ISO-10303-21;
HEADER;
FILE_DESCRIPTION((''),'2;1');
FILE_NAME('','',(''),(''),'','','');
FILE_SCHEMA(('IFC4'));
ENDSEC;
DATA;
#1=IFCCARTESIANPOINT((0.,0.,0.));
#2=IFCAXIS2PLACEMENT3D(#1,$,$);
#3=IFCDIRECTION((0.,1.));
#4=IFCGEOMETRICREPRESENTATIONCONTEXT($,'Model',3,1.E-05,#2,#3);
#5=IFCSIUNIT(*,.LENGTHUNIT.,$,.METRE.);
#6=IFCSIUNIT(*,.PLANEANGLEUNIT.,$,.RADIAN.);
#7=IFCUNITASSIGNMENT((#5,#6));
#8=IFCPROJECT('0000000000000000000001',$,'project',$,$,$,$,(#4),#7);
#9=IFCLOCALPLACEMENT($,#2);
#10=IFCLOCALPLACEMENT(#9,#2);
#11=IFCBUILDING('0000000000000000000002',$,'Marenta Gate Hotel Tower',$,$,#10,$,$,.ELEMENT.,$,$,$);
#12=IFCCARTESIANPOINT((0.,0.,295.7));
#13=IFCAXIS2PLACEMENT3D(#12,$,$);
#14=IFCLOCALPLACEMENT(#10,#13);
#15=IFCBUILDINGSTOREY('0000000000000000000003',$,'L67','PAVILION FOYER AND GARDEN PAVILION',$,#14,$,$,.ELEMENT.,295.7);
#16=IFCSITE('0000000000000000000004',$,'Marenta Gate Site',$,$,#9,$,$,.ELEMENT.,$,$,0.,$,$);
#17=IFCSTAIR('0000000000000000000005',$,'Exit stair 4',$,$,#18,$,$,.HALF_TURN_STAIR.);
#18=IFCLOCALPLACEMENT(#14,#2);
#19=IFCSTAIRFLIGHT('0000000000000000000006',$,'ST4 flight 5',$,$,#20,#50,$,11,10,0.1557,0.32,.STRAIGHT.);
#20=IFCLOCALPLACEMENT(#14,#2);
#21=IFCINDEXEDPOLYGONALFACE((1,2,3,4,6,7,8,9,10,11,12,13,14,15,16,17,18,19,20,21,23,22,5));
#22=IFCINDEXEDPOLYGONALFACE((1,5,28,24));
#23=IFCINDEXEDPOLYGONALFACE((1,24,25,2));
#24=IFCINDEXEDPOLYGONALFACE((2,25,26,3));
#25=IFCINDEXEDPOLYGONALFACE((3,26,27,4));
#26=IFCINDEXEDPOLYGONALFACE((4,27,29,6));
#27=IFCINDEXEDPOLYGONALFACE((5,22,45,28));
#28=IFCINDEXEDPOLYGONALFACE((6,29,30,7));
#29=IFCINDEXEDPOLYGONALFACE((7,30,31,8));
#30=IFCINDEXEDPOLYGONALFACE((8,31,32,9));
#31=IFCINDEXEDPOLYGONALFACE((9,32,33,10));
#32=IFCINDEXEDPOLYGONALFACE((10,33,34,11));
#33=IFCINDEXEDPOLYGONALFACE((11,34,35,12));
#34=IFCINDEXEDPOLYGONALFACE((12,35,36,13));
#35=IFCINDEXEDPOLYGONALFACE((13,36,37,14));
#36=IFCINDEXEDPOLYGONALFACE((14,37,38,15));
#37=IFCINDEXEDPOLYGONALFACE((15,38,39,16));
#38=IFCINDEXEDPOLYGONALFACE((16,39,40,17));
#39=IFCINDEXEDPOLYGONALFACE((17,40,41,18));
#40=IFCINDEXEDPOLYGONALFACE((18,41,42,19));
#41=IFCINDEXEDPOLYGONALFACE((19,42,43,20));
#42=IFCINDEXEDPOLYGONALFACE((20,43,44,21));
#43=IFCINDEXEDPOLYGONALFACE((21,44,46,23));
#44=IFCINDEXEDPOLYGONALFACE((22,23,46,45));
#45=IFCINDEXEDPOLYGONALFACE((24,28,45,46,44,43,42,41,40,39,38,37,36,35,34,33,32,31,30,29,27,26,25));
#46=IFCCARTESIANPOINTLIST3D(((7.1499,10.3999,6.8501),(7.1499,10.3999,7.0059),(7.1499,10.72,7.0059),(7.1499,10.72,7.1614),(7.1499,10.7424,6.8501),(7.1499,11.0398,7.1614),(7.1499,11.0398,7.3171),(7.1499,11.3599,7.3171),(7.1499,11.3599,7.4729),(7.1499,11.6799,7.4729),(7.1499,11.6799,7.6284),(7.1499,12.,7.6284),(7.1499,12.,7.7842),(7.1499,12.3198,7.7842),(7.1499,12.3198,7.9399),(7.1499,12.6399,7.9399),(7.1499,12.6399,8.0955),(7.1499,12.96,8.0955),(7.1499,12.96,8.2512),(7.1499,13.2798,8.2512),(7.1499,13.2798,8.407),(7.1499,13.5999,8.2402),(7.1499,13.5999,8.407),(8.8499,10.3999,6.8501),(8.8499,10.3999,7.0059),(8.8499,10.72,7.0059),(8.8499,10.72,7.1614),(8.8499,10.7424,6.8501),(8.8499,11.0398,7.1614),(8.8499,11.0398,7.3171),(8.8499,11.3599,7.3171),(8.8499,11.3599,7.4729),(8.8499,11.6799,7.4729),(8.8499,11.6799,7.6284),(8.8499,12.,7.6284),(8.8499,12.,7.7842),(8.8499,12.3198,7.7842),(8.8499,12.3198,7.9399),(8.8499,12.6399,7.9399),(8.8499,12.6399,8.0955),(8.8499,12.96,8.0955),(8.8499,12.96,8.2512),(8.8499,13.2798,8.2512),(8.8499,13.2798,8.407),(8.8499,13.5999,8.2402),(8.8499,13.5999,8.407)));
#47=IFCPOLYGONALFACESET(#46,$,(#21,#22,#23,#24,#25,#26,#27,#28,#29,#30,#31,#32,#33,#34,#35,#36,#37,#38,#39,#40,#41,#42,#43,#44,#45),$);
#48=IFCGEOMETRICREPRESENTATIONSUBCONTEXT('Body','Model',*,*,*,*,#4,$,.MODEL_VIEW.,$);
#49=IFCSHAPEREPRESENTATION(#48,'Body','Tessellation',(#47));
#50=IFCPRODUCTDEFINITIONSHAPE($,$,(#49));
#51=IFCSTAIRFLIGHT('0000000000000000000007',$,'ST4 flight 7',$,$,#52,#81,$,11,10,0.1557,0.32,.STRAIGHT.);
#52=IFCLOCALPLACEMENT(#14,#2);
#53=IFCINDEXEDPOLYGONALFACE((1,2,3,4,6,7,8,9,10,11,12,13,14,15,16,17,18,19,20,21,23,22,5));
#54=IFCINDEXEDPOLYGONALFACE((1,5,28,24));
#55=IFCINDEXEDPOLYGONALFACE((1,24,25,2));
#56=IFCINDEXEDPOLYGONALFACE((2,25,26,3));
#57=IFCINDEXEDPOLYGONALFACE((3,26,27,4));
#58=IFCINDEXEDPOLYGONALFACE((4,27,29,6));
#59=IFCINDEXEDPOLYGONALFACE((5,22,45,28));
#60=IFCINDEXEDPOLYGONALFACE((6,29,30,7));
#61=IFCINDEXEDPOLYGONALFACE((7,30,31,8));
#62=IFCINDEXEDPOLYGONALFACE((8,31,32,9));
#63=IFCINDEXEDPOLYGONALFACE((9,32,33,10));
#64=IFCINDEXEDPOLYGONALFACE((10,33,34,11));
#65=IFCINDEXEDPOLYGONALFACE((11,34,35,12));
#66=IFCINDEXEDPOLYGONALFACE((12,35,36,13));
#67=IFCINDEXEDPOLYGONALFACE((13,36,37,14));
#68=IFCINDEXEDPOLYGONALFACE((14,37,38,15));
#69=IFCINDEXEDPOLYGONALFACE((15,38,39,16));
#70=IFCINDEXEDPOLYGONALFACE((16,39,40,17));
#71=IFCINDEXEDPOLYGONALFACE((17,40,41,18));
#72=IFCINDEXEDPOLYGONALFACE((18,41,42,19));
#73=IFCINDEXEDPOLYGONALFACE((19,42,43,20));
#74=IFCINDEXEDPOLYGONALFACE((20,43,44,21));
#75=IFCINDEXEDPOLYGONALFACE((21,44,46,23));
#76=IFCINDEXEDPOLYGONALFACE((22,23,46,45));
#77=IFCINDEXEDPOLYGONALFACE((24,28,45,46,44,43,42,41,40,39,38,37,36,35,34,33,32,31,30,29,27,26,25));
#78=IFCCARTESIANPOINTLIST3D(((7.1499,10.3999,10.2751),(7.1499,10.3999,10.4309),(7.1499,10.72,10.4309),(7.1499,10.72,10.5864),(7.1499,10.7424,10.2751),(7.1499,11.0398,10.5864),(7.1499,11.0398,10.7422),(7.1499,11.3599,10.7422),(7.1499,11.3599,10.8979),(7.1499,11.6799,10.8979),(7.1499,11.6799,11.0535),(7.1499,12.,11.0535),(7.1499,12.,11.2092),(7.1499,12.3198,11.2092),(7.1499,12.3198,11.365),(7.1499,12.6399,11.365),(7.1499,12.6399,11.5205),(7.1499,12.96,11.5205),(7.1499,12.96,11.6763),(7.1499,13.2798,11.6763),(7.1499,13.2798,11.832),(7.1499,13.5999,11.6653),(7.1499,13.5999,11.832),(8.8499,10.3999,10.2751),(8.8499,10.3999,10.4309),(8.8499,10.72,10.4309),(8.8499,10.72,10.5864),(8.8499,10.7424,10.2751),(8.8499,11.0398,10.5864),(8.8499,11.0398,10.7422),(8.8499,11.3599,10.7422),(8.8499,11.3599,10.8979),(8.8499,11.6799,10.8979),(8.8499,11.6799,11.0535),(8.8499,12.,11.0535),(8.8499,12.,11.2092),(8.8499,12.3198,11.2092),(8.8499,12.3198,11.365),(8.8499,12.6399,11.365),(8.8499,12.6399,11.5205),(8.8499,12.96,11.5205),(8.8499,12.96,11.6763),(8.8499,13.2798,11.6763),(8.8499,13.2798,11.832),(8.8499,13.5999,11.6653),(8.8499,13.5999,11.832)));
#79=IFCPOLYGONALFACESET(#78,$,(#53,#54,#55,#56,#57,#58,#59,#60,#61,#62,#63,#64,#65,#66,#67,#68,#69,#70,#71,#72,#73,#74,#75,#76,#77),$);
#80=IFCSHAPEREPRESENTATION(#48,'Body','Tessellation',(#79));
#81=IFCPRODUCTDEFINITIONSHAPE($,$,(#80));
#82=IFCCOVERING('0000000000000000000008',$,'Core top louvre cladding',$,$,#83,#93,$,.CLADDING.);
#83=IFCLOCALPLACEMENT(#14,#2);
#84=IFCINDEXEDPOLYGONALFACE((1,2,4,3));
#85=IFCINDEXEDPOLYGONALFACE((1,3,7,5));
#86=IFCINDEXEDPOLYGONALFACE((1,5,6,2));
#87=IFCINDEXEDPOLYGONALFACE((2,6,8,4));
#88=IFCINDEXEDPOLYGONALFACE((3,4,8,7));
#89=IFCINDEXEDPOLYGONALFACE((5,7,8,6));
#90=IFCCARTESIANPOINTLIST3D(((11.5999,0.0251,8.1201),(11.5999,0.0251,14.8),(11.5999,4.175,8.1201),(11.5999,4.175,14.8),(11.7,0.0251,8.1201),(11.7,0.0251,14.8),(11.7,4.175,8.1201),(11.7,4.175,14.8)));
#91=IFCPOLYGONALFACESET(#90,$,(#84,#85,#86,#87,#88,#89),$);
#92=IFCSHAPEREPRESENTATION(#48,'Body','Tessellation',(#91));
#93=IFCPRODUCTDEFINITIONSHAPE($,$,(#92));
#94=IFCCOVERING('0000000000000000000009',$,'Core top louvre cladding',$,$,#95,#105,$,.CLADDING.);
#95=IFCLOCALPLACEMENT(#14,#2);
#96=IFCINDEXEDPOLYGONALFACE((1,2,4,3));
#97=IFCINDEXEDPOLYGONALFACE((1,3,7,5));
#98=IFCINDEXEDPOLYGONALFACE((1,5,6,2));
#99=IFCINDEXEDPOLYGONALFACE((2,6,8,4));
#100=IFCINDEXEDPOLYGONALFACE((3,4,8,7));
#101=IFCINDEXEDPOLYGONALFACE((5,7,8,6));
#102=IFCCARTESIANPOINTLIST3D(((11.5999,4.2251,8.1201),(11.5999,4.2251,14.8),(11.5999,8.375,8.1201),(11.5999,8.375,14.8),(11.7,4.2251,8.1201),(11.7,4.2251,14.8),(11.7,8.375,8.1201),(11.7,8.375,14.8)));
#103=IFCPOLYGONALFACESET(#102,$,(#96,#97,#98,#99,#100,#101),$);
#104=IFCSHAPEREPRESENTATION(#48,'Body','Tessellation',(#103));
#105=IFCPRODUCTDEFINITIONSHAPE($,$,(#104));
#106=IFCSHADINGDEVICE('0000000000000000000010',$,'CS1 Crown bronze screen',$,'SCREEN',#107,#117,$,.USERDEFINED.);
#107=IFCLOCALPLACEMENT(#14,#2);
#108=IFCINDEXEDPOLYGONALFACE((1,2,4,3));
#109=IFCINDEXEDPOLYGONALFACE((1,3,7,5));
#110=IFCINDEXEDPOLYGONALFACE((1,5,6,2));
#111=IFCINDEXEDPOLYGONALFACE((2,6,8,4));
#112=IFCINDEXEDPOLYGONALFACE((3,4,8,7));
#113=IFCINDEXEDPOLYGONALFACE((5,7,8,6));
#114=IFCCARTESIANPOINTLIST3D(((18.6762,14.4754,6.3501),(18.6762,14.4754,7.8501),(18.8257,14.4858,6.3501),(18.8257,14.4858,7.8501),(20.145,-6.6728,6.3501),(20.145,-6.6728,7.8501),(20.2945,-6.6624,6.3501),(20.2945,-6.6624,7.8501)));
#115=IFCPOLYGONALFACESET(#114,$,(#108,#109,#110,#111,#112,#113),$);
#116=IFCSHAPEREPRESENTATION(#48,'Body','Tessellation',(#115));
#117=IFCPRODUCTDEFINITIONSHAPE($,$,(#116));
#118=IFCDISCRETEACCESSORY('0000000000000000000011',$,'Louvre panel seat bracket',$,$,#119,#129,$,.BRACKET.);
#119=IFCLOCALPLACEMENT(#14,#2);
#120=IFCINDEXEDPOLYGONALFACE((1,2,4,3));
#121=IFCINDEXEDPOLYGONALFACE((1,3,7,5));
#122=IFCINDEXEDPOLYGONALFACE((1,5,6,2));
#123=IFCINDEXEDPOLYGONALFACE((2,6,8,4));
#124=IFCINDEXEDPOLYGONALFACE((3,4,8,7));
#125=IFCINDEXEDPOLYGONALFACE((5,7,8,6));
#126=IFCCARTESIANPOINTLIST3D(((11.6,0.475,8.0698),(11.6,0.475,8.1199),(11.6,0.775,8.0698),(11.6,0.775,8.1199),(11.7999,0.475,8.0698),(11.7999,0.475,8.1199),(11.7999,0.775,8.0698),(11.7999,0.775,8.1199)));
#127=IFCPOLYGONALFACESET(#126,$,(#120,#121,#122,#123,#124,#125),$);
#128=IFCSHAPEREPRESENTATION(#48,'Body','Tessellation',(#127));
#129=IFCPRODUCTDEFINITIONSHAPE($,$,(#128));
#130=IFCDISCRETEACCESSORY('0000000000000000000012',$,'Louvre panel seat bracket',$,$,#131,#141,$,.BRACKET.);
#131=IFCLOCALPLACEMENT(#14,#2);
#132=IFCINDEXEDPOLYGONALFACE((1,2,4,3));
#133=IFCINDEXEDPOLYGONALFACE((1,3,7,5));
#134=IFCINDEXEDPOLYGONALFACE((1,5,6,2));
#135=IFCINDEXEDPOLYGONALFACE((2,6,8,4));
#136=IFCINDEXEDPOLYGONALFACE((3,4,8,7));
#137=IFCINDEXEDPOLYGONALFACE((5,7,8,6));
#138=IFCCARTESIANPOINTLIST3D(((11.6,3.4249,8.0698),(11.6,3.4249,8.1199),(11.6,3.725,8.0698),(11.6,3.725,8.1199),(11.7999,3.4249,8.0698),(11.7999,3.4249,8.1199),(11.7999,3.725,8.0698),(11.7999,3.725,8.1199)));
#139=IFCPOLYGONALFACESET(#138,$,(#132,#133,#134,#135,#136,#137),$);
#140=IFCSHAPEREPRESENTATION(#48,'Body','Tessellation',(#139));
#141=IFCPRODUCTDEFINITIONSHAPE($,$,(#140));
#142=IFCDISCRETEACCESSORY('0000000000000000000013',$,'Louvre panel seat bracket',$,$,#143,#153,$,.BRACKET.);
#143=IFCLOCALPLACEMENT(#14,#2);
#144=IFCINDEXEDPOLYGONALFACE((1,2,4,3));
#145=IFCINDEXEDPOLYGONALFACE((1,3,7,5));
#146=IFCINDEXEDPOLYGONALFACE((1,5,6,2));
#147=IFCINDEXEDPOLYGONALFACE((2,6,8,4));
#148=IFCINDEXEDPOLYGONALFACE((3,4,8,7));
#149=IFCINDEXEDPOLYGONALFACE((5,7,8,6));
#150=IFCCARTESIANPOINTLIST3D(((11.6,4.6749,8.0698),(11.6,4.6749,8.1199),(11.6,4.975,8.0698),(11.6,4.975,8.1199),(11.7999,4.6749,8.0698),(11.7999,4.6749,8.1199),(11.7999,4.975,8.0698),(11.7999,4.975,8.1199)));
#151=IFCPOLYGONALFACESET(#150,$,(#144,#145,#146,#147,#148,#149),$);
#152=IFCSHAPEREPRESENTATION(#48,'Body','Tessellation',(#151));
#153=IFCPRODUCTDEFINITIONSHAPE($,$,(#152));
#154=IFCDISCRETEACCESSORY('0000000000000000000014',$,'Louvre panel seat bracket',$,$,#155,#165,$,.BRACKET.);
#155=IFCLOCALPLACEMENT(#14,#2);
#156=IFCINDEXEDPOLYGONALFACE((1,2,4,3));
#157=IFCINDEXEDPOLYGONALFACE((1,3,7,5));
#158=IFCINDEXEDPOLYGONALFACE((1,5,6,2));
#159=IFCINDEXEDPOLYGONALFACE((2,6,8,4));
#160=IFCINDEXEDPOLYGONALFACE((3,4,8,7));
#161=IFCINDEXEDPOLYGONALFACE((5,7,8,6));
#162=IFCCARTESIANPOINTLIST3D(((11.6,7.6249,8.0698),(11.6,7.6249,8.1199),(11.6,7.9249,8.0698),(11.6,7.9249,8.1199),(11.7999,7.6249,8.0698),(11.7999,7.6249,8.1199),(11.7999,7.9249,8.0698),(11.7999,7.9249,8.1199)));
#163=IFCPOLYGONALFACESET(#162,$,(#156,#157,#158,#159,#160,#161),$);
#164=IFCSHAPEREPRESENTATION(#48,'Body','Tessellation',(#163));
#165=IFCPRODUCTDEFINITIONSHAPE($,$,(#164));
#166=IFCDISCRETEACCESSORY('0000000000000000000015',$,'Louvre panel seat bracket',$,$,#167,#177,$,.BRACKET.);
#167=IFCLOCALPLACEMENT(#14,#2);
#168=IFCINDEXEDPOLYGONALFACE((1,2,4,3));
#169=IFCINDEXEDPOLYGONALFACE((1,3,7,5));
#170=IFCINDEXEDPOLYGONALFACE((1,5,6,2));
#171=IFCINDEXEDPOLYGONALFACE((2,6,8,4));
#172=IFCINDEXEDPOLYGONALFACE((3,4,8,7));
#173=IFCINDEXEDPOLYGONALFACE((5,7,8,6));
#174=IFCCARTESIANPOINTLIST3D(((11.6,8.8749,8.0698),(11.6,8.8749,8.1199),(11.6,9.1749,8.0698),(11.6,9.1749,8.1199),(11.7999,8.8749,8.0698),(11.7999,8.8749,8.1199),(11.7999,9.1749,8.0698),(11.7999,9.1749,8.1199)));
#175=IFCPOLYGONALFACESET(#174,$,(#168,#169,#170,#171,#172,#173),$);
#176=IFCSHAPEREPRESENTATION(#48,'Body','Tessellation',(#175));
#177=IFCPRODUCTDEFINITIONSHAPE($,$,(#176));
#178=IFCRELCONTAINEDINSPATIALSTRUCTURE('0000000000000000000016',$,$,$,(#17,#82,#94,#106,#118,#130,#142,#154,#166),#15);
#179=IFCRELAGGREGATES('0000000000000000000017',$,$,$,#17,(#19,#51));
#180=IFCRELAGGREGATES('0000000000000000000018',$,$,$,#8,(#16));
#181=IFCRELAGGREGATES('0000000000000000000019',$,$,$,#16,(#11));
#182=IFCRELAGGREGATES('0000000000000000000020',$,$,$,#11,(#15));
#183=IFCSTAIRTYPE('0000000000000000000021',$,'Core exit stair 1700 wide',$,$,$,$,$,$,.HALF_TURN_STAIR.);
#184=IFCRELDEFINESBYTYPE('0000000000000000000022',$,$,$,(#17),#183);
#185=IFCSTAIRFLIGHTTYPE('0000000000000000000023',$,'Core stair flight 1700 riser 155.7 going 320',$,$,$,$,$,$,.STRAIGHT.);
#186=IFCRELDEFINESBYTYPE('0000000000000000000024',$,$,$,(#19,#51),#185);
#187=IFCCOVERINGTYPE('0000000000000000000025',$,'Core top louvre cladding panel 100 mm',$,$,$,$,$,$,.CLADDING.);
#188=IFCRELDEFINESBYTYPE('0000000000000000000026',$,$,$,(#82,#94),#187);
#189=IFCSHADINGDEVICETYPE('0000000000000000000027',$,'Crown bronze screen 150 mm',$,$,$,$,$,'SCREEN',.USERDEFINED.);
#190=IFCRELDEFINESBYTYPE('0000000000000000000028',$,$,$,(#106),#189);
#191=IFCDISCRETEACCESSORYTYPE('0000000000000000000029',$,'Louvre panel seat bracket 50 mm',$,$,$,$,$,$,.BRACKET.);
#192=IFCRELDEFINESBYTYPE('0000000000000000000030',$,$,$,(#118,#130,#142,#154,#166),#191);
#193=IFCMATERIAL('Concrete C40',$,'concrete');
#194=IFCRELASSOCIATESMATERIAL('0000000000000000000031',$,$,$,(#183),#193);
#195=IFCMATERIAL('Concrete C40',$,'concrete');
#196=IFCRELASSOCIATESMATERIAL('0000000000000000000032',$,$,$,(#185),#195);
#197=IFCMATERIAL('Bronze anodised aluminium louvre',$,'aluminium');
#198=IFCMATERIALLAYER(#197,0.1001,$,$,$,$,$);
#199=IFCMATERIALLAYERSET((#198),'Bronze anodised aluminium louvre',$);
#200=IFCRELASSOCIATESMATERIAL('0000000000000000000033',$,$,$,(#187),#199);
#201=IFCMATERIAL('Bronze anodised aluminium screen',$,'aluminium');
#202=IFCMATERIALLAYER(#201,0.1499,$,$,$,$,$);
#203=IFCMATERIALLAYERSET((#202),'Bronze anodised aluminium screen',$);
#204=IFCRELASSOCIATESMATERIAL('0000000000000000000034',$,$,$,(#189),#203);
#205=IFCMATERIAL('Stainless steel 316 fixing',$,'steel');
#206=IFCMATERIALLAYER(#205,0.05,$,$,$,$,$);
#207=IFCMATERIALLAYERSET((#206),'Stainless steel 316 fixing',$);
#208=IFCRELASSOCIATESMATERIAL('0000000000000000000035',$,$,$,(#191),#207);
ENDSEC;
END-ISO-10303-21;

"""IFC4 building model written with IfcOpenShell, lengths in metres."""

from ifc_helpers import new_model, si_unit, direction, frame, origin, origin_2d, place, context, subcontext, project, spatial, polyline, rectangle, outline, extrude, material, layer, layer_set, type_object, element, aggregate, save


model = new_model("IFC4")

# Units and contexts
model_context = context("Model", 3, precision=1e-05, world=origin(), true_north=direction((0.0, 1.0)))
body_context = subcontext(model_context, "Body", "Model", "MODEL_VIEW")
ifc_project = project(units=[si_unit("LENGTHUNIT", "METRE"), si_unit("PLANEANGLEUNIT", "RADIAN")], contexts=[model_context])

# Site, building, storey
site_placement = place(None, origin())
site = spatial("IfcSite", under=ifc_project, at=site_placement, Name="Marenta Gate Site", CompositionType="ELEMENT", RefElevation=0.0)
building_placement = place(site_placement, origin())
building = spatial("IfcBuilding", under=site, at=building_placement, Name="Marenta Gate Hotel Tower", CompositionType="ELEMENT")
storey_placement = place(building_placement, frame((0.0, 0.0, 295.7)))
storey = spatial("IfcBuildingStorey", under=building, at=storey_placement, Name="L67", Description="PAVILION FOYER AND GARDEN PAVILION", CompositionType="ELEMENT", Elevation=295.7)

# Stair, stair flights
ifc_material_1 = material(Name="Concrete C40", Category="concrete")
stair_type = type_object("IfcStairType", Name="Core exit stair 1700 wide", PredefinedType="HALF_TURN_STAIR", material=ifc_material_1)
ifc_material_2 = material(Name="Concrete C40", Category="concrete")
stair_flight_type = type_object("IfcStairFlightType", Name="Core stair flight 1700 riser 155.7 going 320", PredefinedType="STRAIGHT", material=ifc_material_2)
stair_1_placement = place(storey_placement, origin())
stair_1 = element("IfcStair", 1, at=stair_1_placement, inside=storey, type_object=stair_type, Name="Exit stair 4", PredefinedType="HALF_TURN_STAIR")
stair_flight_1_placement = place(storey_placement, frame((8.0, 10.3999, 6.8501), z_axis=(0.0, 0.0, 1.0), x_axis=(0.0, 1.0, 0.0)))
stair_flight_1 = element("IfcStairFlight", 2, at=stair_flight_1_placement, type_object=stair_flight_type, Name="ST4 flight 5", NumberOfRisers=11, NumberOfTreads=10, PredefinedType="STRAIGHT", RiserHeight=0.1557, TreadLength=0.32, context=body_context, shape_type="SweptSolid", body=[
    extrude(outline(polyline([(0.0, 0.0), (0.0, 0.1558), (0.3201, 0.1558), (0.3201, 0.3113), (0.6399, 0.3113), (0.6399, 0.467), (0.96, 0.467), (0.96, 0.6228), (1.28, 0.6228), (1.28, 0.7783), (1.6001, 0.7783), (1.6001, 0.9341), (1.9199, 0.9341), (1.9199, 1.0898), (2.24, 1.0898), (2.24, 1.2454), (2.5601, 1.2454), (2.5601, 1.4011), (2.8799, 1.4011), (2.8799, 1.5569), (3.2, 1.5569), (3.2, 1.7124), (3.2, 1.3901), (0.3425, 0.0), (0.0, 0.0)])), frame((0.0, 0.8501, 0.0), z_axis=(0.0, -1.0, 0.0), x_axis=(1.0, 0.0, 0.0)), (0.0, 0.0, 1.0), 1.7),
])
stair_flight_2_placement = place(storey_placement, frame((8.0, 10.3999, 10.2751), z_axis=(0.0, 0.0, 1.0), x_axis=(0.0, 1.0, 0.0)))
stair_flight_2 = element("IfcStairFlight", 3, at=stair_flight_2_placement, type_object=stair_flight_type, Name="ST4 flight 7", NumberOfRisers=11, NumberOfTreads=10, PredefinedType="STRAIGHT", RiserHeight=0.1557, TreadLength=0.32, context=body_context, shape_type="SweptSolid", body=[
    extrude(outline(polyline([(0.0, 0.0), (0.0, 0.1558), (0.3201, 0.1558), (0.3201, 0.3113), (0.6399, 0.3113), (0.6399, 0.467), (0.96, 0.467), (0.96, 0.6228), (1.28, 0.6228), (1.28, 0.7783), (1.6001, 0.7783), (1.6001, 0.9341), (1.9199, 0.9341), (1.9199, 1.0898), (2.24, 1.0898), (2.24, 1.2454), (2.5601, 1.2454), (2.5601, 1.4011), (2.8799, 1.4011), (2.8799, 1.5569), (3.2, 1.5569), (3.2, 1.7124), (3.2, 1.3901), (0.3425, 0.0), (0.0, 0.0)])), frame((0.0, 0.8501, 0.0), z_axis=(0.0, -1.0, 0.0), x_axis=(1.0, 0.0, 0.0)), (0.0, 0.0, 1.0), 1.7),
])
aggregate(stair_1, [stair_flight_1, stair_flight_2])

# Coverings
ifc_material_3 = material(Name="Bronze anodised aluminium louvre", Category="aluminium")
ifc_layer_1 = layer(ifc_material_3, 0.1001)
ifc_layer_set_1 = layer_set([ifc_layer_1], Name="Bronze anodised aluminium louvre")
covering_type = type_object("IfcCoveringType", Name="Core top louvre cladding panel 100 mm", PredefinedType="CLADDING", material=ifc_layer_set_1)
for number, where, z_axis, x_axis, name in (
    (4, (11.6499, 2.1001, 8.1201), (0.0, 0.0, 1.0), (1.0, 0.0, 0.0), "Core top louvre cladding"),
    (5, (11.6499, 6.3, 8.1201), (0.0, 0.0, 1.0), (1.0, 0.0, 0.0), "Core top louvre cladding"),
):
    element("IfcCovering", number, at=place(storey_placement, frame(where, z_axis=z_axis, x_axis=x_axis)), inside=storey, type_object=covering_type, Name=name, PredefinedType="CLADDING", context=body_context, shape_type="SweptSolid", body=[
        extrude(rectangle(XDim=0.1001, YDim=4.1499, at=origin_2d()), origin(), (0.0, 0.0, 1.0), 6.6799),
    ])

# Shading device
ifc_material_4 = material(Name="Bronze anodised aluminium screen", Category="aluminium")
ifc_layer_2 = layer(ifc_material_4, 0.1499)
ifc_layer_set_2 = layer_set([ifc_layer_2], Name="Bronze anodised aluminium screen")
shading_device_type = type_object("IfcShadingDeviceType", Name="Crown bronze screen 150 mm", ElementType="SCREEN", PredefinedType="USERDEFINED", material=ifc_layer_set_2)
shading_device_placement = place(storey_placement, frame((19.4854, 3.9065, 6.3501), z_axis=(0.0, 0.0, 1.0), x_axis=(0.069288, -0.997597, 0.0)))
element("IfcShadingDevice", 6, at=shading_device_placement, inside=storey, type_object=shading_device_type, Name="CS1 Crown bronze screen", ObjectType="SCREEN", PredefinedType="USERDEFINED", context=body_context, shape_type="SweptSolid", body=[
    extrude(rectangle(XDim=21.1992, YDim=0.1499, at=origin_2d()), origin(), (0.0, 0.0, 1.0), 1.5),
])

# Discrete accessories
ifc_material_5 = material(Name="Stainless steel 316 fixing", Category="steel")
ifc_layer_3 = layer(ifc_material_5, 0.05)
ifc_layer_set_3 = layer_set([ifc_layer_3], Name="Stainless steel 316 fixing")
discrete_accessory_type = type_object("IfcDiscreteAccessoryType", Name="Louvre panel seat bracket 50 mm", PredefinedType="BRACKET", material=ifc_layer_set_3)
for number, where, z_axis, x_axis, name in (
    (7, (11.7, 0.625, 8.0698), (0.0, 0.0, 1.0), (1.0, 0.0, 0.0), "Louvre panel seat bracket"),
    (8, (11.7, 3.575, 8.0698), (0.0, 0.0, 1.0), (1.0, 0.0, 0.0), "Louvre panel seat bracket"),
    (9, (11.7, 4.825, 8.0698), (0.0, 0.0, 1.0), (1.0, 0.0, 0.0), "Louvre panel seat bracket"),
    (10, (11.7, 7.7749, 8.0698), (0.0, 0.0, 1.0), (1.0, 0.0, 0.0), "Louvre panel seat bracket"),
    (11, (11.7, 9.0249, 8.0698), (0.0, 0.0, 1.0), (1.0, 0.0, 0.0), "Louvre panel seat bracket"),
):
    element("IfcDiscreteAccessory", number, at=place(storey_placement, frame(where, z_axis=z_axis, x_axis=x_axis)), inside=storey, type_object=discrete_accessory_type, Name=name, PredefinedType="BRACKET", context=body_context, shape_type="SweptSolid", body=[
        extrude(rectangle(XDim=0.2, YDim=0.3, at=origin_2d()), origin(), (0.0, 0.0, 1.0), 0.05),
    ])

save(model, "model.ifc")
